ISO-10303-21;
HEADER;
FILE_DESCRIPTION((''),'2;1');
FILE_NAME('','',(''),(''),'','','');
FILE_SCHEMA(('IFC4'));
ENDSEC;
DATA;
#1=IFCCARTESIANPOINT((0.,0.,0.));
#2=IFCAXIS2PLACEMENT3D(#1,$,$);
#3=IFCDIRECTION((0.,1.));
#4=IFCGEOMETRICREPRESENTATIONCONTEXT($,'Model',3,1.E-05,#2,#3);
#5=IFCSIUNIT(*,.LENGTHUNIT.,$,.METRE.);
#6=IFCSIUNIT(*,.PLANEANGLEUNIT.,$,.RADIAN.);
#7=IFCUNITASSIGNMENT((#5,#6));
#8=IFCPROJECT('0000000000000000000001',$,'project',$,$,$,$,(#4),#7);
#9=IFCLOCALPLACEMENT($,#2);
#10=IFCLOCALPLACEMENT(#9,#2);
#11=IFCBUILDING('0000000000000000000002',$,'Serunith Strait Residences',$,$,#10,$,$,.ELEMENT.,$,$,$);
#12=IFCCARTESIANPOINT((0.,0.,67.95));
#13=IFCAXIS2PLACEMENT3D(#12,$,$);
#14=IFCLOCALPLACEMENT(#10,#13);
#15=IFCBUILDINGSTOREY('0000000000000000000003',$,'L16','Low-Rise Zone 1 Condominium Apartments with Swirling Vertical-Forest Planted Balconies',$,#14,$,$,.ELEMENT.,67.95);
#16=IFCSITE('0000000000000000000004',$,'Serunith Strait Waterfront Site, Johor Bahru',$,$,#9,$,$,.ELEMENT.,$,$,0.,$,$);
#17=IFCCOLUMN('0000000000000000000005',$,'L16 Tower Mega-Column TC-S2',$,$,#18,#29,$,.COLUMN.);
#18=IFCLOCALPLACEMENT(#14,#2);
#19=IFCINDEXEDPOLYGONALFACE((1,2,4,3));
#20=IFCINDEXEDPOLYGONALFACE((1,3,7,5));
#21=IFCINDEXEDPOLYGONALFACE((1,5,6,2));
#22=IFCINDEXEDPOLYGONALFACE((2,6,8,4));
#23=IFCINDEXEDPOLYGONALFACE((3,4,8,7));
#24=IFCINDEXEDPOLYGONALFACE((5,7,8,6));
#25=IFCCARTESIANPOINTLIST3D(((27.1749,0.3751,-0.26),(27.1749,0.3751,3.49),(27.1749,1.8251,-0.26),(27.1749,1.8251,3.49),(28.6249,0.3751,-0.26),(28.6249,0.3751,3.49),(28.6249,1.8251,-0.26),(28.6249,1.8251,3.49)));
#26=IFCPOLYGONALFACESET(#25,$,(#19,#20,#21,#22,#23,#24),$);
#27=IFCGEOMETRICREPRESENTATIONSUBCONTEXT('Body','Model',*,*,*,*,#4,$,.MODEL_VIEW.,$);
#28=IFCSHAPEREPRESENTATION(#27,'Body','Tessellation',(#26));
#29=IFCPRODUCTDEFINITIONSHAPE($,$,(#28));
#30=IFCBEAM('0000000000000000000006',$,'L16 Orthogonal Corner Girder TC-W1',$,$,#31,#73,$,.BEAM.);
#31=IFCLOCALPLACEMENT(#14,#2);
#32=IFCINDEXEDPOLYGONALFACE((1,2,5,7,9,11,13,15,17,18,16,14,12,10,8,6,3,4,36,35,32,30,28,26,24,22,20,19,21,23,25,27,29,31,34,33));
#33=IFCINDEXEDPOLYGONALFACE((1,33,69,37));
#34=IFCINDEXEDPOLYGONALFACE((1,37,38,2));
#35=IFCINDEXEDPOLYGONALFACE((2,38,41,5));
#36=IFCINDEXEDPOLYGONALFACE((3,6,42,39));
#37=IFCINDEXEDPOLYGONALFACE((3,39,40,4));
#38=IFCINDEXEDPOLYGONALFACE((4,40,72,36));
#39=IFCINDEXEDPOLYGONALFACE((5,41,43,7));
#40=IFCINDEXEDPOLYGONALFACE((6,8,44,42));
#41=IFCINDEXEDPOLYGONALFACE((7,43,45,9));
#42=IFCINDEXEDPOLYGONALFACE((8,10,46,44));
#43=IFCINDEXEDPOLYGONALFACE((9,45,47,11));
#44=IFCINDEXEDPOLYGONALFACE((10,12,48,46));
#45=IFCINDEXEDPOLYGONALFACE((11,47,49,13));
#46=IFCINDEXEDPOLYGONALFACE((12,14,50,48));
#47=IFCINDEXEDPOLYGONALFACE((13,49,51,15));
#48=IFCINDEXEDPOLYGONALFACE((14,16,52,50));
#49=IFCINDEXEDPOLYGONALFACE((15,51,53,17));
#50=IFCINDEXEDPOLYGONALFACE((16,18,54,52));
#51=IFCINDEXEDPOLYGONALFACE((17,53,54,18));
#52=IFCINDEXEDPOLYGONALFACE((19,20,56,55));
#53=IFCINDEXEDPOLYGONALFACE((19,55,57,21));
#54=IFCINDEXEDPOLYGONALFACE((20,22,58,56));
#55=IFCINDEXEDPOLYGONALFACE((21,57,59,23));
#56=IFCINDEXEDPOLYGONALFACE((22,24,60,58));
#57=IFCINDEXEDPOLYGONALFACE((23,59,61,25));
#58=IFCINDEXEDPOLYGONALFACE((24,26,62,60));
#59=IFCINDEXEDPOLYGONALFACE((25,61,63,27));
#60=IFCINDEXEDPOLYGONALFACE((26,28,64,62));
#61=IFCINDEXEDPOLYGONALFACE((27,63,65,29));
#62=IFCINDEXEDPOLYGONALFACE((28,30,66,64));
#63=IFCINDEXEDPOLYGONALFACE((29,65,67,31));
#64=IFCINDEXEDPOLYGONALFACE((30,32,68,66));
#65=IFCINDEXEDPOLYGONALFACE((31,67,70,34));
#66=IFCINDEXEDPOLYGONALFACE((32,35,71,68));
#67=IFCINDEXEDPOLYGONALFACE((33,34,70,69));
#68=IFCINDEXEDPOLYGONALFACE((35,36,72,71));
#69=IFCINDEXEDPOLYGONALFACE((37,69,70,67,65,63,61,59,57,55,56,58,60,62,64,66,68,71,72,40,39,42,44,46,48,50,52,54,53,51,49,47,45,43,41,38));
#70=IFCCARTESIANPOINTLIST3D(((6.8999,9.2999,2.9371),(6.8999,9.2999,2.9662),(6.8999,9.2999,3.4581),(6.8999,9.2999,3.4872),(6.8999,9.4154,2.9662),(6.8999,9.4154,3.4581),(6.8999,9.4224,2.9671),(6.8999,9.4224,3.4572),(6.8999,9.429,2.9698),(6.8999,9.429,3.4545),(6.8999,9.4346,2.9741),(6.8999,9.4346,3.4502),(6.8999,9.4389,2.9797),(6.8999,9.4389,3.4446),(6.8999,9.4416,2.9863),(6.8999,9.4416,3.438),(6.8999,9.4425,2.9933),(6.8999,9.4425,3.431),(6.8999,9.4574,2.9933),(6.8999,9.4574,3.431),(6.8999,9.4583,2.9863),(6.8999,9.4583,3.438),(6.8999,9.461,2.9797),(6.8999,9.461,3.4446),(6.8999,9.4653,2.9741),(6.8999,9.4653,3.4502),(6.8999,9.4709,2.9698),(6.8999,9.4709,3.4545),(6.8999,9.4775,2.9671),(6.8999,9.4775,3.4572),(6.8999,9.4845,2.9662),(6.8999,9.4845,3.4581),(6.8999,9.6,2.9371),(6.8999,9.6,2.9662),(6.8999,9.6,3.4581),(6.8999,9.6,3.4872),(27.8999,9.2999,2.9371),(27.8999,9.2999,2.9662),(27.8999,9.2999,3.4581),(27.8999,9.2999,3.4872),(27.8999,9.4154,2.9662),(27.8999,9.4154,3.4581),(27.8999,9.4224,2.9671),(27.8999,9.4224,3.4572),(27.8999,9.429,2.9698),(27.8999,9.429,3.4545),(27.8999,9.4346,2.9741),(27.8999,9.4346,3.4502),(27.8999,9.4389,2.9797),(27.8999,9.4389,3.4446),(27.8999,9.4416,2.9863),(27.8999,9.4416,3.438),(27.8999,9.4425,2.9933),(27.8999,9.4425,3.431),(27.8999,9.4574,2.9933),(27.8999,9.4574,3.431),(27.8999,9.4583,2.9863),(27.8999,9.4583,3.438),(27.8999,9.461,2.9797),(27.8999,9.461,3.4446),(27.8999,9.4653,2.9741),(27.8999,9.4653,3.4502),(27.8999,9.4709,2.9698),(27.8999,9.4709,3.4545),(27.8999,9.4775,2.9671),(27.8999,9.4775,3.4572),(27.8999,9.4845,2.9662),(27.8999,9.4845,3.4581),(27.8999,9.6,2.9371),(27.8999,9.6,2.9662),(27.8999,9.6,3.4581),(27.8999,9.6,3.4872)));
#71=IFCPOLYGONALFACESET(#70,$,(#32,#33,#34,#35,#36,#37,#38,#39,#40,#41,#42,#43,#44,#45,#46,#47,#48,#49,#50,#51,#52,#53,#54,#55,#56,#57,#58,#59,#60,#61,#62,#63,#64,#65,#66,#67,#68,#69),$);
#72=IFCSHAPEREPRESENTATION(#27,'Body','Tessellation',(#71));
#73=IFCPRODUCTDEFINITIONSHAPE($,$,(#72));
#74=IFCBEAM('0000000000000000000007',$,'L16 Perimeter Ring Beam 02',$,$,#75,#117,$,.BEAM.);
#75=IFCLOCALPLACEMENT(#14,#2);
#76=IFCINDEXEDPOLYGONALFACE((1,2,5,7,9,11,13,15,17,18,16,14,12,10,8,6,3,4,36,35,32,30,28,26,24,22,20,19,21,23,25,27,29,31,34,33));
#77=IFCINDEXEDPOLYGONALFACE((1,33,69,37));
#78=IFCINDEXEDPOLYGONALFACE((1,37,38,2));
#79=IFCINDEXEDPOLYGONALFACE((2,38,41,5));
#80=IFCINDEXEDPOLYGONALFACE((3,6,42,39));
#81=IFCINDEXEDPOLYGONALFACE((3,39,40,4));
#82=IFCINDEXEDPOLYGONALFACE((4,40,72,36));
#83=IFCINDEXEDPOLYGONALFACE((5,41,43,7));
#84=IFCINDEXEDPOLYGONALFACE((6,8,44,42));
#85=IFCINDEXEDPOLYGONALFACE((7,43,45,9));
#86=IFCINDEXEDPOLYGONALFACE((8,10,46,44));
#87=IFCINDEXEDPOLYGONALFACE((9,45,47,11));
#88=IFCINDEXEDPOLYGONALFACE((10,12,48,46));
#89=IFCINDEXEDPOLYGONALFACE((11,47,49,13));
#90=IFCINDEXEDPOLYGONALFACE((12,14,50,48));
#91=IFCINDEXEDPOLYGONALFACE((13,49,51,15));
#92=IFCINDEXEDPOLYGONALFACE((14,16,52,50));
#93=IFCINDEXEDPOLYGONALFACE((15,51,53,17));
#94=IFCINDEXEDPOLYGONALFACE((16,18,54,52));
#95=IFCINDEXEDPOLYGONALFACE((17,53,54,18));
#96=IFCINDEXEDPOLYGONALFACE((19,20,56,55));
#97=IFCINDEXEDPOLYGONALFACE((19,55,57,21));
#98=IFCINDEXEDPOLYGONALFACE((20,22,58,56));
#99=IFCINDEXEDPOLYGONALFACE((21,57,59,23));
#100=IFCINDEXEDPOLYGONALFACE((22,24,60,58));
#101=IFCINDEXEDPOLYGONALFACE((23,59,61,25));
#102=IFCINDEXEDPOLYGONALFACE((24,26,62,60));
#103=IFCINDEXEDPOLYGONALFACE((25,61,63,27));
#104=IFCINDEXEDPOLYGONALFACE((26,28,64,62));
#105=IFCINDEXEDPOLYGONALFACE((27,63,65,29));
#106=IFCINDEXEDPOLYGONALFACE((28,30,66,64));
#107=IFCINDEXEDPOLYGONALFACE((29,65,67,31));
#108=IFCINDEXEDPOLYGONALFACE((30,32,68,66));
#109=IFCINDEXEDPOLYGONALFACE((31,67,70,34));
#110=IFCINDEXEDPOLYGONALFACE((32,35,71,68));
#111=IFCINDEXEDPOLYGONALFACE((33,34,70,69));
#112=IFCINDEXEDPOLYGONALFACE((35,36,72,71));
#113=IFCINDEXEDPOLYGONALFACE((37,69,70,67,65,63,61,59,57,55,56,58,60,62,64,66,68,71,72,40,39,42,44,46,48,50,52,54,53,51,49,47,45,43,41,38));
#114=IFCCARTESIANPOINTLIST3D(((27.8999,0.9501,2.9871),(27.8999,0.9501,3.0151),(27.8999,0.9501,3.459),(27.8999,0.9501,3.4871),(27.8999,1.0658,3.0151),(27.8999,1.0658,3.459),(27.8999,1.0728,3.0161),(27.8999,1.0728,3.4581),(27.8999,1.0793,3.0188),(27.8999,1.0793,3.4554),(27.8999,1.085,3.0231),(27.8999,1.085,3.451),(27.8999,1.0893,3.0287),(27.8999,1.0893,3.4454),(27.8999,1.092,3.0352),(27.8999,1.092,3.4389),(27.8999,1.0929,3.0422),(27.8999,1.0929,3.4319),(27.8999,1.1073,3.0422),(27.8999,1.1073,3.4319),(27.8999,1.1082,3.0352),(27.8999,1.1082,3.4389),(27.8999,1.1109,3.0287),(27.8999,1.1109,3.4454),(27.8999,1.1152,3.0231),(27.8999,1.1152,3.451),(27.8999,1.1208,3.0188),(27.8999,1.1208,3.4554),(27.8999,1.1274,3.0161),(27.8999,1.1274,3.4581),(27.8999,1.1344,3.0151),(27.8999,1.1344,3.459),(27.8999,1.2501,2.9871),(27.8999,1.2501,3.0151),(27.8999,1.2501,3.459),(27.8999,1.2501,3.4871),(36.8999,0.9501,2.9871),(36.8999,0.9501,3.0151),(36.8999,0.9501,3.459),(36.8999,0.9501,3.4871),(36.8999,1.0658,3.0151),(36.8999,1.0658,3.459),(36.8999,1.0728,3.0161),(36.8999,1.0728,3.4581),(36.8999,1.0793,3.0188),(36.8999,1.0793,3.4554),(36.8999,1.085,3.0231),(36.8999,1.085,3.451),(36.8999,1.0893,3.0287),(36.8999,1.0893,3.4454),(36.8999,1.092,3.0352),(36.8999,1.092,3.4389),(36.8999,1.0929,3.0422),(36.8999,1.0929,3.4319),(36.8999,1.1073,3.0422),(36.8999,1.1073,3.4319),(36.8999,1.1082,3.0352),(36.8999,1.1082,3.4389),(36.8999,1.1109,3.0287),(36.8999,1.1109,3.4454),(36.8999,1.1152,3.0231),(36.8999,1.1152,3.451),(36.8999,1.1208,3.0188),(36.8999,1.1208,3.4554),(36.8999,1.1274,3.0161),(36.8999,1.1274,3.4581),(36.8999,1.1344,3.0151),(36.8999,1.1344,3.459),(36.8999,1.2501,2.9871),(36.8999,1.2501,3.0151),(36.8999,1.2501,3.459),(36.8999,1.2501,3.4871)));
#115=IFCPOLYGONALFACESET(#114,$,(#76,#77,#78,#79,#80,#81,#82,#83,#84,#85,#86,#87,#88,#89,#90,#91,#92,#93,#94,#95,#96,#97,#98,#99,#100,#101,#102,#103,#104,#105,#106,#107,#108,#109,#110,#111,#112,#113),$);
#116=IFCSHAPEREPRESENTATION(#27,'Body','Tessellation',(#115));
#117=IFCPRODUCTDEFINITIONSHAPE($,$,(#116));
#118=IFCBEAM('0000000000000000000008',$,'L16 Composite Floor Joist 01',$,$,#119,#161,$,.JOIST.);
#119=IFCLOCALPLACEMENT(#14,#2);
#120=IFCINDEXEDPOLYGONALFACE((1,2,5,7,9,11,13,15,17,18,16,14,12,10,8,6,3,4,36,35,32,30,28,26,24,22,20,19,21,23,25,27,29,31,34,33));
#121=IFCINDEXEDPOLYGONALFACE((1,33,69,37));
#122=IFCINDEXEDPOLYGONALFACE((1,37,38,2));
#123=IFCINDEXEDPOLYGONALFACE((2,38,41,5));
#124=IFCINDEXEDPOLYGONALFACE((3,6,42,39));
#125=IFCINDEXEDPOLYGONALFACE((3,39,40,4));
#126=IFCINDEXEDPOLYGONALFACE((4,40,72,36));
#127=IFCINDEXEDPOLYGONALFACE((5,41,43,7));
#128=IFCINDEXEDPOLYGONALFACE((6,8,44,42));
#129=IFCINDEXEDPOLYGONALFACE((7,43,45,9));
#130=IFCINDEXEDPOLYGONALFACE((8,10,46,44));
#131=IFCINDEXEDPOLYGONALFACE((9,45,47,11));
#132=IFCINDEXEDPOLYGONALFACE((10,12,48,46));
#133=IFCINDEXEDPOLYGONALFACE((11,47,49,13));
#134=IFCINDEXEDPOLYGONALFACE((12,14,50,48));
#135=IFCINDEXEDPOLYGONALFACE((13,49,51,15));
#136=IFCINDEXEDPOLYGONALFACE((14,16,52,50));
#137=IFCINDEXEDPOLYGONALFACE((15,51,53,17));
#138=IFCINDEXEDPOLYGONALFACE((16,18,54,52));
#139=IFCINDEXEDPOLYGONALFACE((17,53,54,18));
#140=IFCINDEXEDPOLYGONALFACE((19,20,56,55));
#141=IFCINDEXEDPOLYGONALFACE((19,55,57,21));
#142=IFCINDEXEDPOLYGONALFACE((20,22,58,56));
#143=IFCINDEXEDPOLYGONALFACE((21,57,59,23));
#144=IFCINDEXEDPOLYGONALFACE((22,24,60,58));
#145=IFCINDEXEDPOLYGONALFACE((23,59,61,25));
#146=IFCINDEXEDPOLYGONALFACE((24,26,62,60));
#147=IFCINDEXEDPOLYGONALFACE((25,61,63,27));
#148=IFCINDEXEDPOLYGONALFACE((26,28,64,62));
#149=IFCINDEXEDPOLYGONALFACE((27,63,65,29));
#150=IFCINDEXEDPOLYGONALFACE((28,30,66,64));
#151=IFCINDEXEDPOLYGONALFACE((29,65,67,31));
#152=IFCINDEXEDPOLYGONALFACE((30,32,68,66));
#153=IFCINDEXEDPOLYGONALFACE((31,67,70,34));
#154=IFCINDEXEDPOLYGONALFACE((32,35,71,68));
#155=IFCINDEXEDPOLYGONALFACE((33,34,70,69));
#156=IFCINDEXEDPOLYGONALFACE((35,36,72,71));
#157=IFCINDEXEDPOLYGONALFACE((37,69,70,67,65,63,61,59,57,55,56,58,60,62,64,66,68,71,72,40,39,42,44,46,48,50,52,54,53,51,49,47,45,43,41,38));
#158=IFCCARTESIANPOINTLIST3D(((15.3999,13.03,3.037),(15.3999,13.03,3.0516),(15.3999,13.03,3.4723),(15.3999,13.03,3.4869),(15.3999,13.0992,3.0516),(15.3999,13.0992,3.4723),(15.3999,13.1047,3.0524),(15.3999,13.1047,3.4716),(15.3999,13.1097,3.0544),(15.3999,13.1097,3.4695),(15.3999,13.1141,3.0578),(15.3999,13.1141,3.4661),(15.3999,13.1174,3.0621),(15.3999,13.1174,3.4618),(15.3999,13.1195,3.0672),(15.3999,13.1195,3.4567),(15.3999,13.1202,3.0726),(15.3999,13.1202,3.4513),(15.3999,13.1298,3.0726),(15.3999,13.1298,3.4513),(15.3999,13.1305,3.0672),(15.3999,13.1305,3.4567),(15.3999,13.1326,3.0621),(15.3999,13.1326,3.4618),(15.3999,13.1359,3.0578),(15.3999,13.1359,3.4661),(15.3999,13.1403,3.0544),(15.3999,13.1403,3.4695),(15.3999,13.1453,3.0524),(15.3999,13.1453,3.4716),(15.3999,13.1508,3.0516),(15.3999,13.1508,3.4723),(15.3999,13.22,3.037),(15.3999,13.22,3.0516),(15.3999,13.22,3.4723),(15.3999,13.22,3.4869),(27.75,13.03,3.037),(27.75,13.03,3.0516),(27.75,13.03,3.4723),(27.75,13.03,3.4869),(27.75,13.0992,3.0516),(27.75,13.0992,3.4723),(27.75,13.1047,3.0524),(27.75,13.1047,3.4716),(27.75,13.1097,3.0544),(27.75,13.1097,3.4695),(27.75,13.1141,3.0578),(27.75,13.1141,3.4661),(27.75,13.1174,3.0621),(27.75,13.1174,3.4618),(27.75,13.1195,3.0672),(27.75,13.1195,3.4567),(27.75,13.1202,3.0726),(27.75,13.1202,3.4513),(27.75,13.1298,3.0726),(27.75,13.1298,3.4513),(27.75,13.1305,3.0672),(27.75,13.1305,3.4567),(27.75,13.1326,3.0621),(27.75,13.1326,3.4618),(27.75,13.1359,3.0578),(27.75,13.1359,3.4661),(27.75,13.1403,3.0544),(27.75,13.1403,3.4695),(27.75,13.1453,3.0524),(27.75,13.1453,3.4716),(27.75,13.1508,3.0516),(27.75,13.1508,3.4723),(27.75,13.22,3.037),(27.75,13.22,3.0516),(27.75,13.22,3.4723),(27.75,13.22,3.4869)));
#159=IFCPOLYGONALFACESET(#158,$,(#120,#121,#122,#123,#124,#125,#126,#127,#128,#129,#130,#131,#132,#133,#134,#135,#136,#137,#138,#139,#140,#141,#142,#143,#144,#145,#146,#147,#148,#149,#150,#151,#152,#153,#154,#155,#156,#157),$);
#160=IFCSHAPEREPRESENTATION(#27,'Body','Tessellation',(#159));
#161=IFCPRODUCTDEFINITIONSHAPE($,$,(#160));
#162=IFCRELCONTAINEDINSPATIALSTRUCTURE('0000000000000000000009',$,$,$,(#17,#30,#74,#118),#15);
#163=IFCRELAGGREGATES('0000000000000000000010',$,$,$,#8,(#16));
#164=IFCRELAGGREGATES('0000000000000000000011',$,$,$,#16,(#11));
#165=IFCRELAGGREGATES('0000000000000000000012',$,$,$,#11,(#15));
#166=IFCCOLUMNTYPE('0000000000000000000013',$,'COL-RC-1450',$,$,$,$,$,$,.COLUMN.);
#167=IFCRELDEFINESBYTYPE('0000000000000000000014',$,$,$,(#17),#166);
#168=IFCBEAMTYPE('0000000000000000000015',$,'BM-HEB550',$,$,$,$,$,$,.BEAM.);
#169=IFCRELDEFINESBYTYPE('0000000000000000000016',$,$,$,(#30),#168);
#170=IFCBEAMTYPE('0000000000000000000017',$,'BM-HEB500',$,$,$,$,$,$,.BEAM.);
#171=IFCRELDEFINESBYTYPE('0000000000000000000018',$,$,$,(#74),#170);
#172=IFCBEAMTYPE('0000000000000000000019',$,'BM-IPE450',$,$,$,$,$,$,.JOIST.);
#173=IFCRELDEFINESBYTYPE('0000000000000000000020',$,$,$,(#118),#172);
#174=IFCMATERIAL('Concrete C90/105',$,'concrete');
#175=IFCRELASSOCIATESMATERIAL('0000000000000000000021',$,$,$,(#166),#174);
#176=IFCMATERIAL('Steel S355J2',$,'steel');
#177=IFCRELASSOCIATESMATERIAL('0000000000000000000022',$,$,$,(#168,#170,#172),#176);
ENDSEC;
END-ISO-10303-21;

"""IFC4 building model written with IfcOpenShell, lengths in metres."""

from ifc_helpers import new_model, si_unit, direction, frame, origin, origin_2d, place, context, subcontext, project, spatial, rectangle, i_section, extrude, source, transform, mapped, material, material_profile, profile_set, type_object, element, save


model = new_model("IFC4")

# Units and contexts
model_context = context("Model", 3, precision=1e-05, world=origin(), true_north=direction((0.0, 1.0)))
body_context = subcontext(model_context, "Body", "Model", "MODEL_VIEW")
ifc_project = project(units=[si_unit("LENGTHUNIT", "METRE"), si_unit("PLANEANGLEUNIT", "RADIAN")], contexts=[model_context])

# Site, building, storey
site_placement = place(None, origin())
site = spatial("IfcSite", under=ifc_project, at=site_placement, Name="Serunith Strait Waterfront Site, Johor Bahru", CompositionType="ELEMENT", RefElevation=0.0)
building_placement = place(site_placement, origin())
building = spatial("IfcBuilding", under=site, at=building_placement, Name="Serunith Strait Residences", CompositionType="ELEMENT")
storey_placement = place(building_placement, frame((0.0, 0.0, 67.95)))
storey = spatial("IfcBuildingStorey", under=building, at=storey_placement, Name="L16", Description="Low-Rise Zone 1 Condominium Apartments with Swirling Vertical-Forest Planted Balconies", CompositionType="ELEMENT", Elevation=67.95)

# Column
ifc_material_1 = material(Name="Concrete C90/105", Category="concrete")
ifc_material_profile_1 = material_profile(ifc_material_1, rectangle(XDim=1.45, YDim=1.45, at=origin_2d()), Name="RC 1450x1450")
ifc_profile_set_1 = profile_set([ifc_material_profile_1], Name="Concrete C90/105")
column_type = type_object("IfcColumnType", Name="COL-RC-1450", PredefinedType="COLUMN", material=ifc_profile_set_1)
shared_shape_1 = source(origin(), body_context, "Body", "SweptSolid", [
    extrude(rectangle(XDim=1.45, YDim=1.45, at=origin_2d()), origin(), (0.0, 0.0, 1.0), 3.75),
])
column_placement = place(storey_placement, frame((27.8999, 1.1001, -0.26), z_axis=(0.0, 0.0, 1.0), x_axis=(1.0, 0.0, 0.0)))
element("IfcColumn", 1, at=column_placement, inside=storey, type_object=column_type, Name="L16 Tower Mega-Column TC-S2", PredefinedType="COLUMN", context=body_context, shape_type="MappedRepresentation", body=[
    mapped(shared_shape_1, transform((0.0, 0.0, 0.0), scale=1.0)),
])

# Beams
ifc_material_2 = material(Name="Steel S355J2", Category="steel")
ifc_material_profile_2 = material_profile(ifc_material_2, i_section(OverallWidth=0.3, OverallDepth=0.55, WebThickness=0.0149, FlangeThickness=0.0291, FilletRadius=0.0271, at=origin_2d()), Name="HEB 550")
ifc_profile_set_2 = profile_set([ifc_material_profile_2], Name="Steel S355J2")
beam_type_1 = type_object("IfcBeamType", Name="BM-HEB550", PredefinedType="BEAM", material=ifc_profile_set_2)
shared_shape_2 = source(origin(), body_context, "Body", "SweptSolid", [
    extrude(i_section(OverallWidth=0.3, OverallDepth=0.55, WebThickness=0.0149, FlangeThickness=0.0291, FilletRadius=0.0271, at=origin_2d()), origin(), (0.0, 0.0, 1.0), 21.0),
])
beam_1_placement = place(storey_placement, frame((27.8999, 9.45, 3.2122), z_axis=(-1.0, 0.0, 0.0), x_axis=(0.0, -1.0, 0.0)))
element("IfcBeam", 2, at=beam_1_placement, inside=storey, type_object=beam_type_1, Name="L16 Orthogonal Corner Girder TC-W1", PredefinedType="BEAM", context=body_context, shape_type="MappedRepresentation", body=[
    mapped(shared_shape_2, transform((0.0, 0.0, 0.0), scale=1.0)),
])
ifc_material_profile_3 = material_profile(ifc_material_2, i_section(OverallWidth=0.3, OverallDepth=0.5, WebThickness=0.0144, FlangeThickness=0.0281, FilletRadius=0.0271, at=origin_2d()), Name="HEB 500")
ifc_profile_set_3 = profile_set([ifc_material_profile_3], Name="Steel S355J2")
beam_type_2 = type_object("IfcBeamType", Name="BM-HEB500", PredefinedType="BEAM", material=ifc_profile_set_3)
shared_shape_3 = source(origin(), body_context, "Body", "SweptSolid", [
    extrude(i_section(OverallWidth=0.3, OverallDepth=0.5, WebThickness=0.0144, FlangeThickness=0.0281, FilletRadius=0.0271, at=origin_2d()), origin(), (0.0, 0.0, 1.0), 9.0),
])
beam_2_placement = place(storey_placement, frame((27.8999, 1.1001, 3.2371), z_axis=(1.0, 0.0, 0.0), x_axis=(0.0, 1.0, 0.0)))
element("IfcBeam", 3, at=beam_2_placement, inside=storey, type_object=beam_type_2, Name="L16 Perimeter Ring Beam 02", PredefinedType="BEAM", context=body_context, shape_type="MappedRepresentation", body=[
    mapped(shared_shape_3, transform((0.0, 0.0, 0.0), scale=1.0)),
])
ifc_material_profile_4 = material_profile(ifc_material_2, i_section(OverallWidth=0.1899, OverallDepth=0.45, WebThickness=0.0095, FlangeThickness=0.0146, FilletRadius=0.021, at=origin_2d()), Name="IPE 450")
ifc_profile_set_4 = profile_set([ifc_material_profile_4], Name="Steel S355J2")
beam_type_3 = type_object("IfcBeamType", Name="BM-IPE450", PredefinedType="JOIST", material=ifc_profile_set_4)
shared_shape_4 = source(origin(), body_context, "Body", "SweptSolid", [
    extrude(i_section(OverallWidth=0.1899, OverallDepth=0.45, WebThickness=0.0095, FlangeThickness=0.0146, FilletRadius=0.021, at=origin_2d()), origin(), (0.0, 0.0, 1.0), 12.3501),
])
beam_3_placement = place(storey_placement, frame((15.3999, 13.125, 3.262), z_axis=(1.0, 0.0, 0.0), x_axis=(0.0, 1.0, 0.0)))
element("IfcBeam", 4, at=beam_3_placement, inside=storey, type_object=beam_type_3, Name="L16 Composite Floor Joist 01", PredefinedType="JOIST", context=body_context, shape_type="MappedRepresentation", body=[
    mapped(shared_shape_4, transform((0.0, 0.0, 0.0), scale=1.0)),
])

save(model, "model.ifc")
